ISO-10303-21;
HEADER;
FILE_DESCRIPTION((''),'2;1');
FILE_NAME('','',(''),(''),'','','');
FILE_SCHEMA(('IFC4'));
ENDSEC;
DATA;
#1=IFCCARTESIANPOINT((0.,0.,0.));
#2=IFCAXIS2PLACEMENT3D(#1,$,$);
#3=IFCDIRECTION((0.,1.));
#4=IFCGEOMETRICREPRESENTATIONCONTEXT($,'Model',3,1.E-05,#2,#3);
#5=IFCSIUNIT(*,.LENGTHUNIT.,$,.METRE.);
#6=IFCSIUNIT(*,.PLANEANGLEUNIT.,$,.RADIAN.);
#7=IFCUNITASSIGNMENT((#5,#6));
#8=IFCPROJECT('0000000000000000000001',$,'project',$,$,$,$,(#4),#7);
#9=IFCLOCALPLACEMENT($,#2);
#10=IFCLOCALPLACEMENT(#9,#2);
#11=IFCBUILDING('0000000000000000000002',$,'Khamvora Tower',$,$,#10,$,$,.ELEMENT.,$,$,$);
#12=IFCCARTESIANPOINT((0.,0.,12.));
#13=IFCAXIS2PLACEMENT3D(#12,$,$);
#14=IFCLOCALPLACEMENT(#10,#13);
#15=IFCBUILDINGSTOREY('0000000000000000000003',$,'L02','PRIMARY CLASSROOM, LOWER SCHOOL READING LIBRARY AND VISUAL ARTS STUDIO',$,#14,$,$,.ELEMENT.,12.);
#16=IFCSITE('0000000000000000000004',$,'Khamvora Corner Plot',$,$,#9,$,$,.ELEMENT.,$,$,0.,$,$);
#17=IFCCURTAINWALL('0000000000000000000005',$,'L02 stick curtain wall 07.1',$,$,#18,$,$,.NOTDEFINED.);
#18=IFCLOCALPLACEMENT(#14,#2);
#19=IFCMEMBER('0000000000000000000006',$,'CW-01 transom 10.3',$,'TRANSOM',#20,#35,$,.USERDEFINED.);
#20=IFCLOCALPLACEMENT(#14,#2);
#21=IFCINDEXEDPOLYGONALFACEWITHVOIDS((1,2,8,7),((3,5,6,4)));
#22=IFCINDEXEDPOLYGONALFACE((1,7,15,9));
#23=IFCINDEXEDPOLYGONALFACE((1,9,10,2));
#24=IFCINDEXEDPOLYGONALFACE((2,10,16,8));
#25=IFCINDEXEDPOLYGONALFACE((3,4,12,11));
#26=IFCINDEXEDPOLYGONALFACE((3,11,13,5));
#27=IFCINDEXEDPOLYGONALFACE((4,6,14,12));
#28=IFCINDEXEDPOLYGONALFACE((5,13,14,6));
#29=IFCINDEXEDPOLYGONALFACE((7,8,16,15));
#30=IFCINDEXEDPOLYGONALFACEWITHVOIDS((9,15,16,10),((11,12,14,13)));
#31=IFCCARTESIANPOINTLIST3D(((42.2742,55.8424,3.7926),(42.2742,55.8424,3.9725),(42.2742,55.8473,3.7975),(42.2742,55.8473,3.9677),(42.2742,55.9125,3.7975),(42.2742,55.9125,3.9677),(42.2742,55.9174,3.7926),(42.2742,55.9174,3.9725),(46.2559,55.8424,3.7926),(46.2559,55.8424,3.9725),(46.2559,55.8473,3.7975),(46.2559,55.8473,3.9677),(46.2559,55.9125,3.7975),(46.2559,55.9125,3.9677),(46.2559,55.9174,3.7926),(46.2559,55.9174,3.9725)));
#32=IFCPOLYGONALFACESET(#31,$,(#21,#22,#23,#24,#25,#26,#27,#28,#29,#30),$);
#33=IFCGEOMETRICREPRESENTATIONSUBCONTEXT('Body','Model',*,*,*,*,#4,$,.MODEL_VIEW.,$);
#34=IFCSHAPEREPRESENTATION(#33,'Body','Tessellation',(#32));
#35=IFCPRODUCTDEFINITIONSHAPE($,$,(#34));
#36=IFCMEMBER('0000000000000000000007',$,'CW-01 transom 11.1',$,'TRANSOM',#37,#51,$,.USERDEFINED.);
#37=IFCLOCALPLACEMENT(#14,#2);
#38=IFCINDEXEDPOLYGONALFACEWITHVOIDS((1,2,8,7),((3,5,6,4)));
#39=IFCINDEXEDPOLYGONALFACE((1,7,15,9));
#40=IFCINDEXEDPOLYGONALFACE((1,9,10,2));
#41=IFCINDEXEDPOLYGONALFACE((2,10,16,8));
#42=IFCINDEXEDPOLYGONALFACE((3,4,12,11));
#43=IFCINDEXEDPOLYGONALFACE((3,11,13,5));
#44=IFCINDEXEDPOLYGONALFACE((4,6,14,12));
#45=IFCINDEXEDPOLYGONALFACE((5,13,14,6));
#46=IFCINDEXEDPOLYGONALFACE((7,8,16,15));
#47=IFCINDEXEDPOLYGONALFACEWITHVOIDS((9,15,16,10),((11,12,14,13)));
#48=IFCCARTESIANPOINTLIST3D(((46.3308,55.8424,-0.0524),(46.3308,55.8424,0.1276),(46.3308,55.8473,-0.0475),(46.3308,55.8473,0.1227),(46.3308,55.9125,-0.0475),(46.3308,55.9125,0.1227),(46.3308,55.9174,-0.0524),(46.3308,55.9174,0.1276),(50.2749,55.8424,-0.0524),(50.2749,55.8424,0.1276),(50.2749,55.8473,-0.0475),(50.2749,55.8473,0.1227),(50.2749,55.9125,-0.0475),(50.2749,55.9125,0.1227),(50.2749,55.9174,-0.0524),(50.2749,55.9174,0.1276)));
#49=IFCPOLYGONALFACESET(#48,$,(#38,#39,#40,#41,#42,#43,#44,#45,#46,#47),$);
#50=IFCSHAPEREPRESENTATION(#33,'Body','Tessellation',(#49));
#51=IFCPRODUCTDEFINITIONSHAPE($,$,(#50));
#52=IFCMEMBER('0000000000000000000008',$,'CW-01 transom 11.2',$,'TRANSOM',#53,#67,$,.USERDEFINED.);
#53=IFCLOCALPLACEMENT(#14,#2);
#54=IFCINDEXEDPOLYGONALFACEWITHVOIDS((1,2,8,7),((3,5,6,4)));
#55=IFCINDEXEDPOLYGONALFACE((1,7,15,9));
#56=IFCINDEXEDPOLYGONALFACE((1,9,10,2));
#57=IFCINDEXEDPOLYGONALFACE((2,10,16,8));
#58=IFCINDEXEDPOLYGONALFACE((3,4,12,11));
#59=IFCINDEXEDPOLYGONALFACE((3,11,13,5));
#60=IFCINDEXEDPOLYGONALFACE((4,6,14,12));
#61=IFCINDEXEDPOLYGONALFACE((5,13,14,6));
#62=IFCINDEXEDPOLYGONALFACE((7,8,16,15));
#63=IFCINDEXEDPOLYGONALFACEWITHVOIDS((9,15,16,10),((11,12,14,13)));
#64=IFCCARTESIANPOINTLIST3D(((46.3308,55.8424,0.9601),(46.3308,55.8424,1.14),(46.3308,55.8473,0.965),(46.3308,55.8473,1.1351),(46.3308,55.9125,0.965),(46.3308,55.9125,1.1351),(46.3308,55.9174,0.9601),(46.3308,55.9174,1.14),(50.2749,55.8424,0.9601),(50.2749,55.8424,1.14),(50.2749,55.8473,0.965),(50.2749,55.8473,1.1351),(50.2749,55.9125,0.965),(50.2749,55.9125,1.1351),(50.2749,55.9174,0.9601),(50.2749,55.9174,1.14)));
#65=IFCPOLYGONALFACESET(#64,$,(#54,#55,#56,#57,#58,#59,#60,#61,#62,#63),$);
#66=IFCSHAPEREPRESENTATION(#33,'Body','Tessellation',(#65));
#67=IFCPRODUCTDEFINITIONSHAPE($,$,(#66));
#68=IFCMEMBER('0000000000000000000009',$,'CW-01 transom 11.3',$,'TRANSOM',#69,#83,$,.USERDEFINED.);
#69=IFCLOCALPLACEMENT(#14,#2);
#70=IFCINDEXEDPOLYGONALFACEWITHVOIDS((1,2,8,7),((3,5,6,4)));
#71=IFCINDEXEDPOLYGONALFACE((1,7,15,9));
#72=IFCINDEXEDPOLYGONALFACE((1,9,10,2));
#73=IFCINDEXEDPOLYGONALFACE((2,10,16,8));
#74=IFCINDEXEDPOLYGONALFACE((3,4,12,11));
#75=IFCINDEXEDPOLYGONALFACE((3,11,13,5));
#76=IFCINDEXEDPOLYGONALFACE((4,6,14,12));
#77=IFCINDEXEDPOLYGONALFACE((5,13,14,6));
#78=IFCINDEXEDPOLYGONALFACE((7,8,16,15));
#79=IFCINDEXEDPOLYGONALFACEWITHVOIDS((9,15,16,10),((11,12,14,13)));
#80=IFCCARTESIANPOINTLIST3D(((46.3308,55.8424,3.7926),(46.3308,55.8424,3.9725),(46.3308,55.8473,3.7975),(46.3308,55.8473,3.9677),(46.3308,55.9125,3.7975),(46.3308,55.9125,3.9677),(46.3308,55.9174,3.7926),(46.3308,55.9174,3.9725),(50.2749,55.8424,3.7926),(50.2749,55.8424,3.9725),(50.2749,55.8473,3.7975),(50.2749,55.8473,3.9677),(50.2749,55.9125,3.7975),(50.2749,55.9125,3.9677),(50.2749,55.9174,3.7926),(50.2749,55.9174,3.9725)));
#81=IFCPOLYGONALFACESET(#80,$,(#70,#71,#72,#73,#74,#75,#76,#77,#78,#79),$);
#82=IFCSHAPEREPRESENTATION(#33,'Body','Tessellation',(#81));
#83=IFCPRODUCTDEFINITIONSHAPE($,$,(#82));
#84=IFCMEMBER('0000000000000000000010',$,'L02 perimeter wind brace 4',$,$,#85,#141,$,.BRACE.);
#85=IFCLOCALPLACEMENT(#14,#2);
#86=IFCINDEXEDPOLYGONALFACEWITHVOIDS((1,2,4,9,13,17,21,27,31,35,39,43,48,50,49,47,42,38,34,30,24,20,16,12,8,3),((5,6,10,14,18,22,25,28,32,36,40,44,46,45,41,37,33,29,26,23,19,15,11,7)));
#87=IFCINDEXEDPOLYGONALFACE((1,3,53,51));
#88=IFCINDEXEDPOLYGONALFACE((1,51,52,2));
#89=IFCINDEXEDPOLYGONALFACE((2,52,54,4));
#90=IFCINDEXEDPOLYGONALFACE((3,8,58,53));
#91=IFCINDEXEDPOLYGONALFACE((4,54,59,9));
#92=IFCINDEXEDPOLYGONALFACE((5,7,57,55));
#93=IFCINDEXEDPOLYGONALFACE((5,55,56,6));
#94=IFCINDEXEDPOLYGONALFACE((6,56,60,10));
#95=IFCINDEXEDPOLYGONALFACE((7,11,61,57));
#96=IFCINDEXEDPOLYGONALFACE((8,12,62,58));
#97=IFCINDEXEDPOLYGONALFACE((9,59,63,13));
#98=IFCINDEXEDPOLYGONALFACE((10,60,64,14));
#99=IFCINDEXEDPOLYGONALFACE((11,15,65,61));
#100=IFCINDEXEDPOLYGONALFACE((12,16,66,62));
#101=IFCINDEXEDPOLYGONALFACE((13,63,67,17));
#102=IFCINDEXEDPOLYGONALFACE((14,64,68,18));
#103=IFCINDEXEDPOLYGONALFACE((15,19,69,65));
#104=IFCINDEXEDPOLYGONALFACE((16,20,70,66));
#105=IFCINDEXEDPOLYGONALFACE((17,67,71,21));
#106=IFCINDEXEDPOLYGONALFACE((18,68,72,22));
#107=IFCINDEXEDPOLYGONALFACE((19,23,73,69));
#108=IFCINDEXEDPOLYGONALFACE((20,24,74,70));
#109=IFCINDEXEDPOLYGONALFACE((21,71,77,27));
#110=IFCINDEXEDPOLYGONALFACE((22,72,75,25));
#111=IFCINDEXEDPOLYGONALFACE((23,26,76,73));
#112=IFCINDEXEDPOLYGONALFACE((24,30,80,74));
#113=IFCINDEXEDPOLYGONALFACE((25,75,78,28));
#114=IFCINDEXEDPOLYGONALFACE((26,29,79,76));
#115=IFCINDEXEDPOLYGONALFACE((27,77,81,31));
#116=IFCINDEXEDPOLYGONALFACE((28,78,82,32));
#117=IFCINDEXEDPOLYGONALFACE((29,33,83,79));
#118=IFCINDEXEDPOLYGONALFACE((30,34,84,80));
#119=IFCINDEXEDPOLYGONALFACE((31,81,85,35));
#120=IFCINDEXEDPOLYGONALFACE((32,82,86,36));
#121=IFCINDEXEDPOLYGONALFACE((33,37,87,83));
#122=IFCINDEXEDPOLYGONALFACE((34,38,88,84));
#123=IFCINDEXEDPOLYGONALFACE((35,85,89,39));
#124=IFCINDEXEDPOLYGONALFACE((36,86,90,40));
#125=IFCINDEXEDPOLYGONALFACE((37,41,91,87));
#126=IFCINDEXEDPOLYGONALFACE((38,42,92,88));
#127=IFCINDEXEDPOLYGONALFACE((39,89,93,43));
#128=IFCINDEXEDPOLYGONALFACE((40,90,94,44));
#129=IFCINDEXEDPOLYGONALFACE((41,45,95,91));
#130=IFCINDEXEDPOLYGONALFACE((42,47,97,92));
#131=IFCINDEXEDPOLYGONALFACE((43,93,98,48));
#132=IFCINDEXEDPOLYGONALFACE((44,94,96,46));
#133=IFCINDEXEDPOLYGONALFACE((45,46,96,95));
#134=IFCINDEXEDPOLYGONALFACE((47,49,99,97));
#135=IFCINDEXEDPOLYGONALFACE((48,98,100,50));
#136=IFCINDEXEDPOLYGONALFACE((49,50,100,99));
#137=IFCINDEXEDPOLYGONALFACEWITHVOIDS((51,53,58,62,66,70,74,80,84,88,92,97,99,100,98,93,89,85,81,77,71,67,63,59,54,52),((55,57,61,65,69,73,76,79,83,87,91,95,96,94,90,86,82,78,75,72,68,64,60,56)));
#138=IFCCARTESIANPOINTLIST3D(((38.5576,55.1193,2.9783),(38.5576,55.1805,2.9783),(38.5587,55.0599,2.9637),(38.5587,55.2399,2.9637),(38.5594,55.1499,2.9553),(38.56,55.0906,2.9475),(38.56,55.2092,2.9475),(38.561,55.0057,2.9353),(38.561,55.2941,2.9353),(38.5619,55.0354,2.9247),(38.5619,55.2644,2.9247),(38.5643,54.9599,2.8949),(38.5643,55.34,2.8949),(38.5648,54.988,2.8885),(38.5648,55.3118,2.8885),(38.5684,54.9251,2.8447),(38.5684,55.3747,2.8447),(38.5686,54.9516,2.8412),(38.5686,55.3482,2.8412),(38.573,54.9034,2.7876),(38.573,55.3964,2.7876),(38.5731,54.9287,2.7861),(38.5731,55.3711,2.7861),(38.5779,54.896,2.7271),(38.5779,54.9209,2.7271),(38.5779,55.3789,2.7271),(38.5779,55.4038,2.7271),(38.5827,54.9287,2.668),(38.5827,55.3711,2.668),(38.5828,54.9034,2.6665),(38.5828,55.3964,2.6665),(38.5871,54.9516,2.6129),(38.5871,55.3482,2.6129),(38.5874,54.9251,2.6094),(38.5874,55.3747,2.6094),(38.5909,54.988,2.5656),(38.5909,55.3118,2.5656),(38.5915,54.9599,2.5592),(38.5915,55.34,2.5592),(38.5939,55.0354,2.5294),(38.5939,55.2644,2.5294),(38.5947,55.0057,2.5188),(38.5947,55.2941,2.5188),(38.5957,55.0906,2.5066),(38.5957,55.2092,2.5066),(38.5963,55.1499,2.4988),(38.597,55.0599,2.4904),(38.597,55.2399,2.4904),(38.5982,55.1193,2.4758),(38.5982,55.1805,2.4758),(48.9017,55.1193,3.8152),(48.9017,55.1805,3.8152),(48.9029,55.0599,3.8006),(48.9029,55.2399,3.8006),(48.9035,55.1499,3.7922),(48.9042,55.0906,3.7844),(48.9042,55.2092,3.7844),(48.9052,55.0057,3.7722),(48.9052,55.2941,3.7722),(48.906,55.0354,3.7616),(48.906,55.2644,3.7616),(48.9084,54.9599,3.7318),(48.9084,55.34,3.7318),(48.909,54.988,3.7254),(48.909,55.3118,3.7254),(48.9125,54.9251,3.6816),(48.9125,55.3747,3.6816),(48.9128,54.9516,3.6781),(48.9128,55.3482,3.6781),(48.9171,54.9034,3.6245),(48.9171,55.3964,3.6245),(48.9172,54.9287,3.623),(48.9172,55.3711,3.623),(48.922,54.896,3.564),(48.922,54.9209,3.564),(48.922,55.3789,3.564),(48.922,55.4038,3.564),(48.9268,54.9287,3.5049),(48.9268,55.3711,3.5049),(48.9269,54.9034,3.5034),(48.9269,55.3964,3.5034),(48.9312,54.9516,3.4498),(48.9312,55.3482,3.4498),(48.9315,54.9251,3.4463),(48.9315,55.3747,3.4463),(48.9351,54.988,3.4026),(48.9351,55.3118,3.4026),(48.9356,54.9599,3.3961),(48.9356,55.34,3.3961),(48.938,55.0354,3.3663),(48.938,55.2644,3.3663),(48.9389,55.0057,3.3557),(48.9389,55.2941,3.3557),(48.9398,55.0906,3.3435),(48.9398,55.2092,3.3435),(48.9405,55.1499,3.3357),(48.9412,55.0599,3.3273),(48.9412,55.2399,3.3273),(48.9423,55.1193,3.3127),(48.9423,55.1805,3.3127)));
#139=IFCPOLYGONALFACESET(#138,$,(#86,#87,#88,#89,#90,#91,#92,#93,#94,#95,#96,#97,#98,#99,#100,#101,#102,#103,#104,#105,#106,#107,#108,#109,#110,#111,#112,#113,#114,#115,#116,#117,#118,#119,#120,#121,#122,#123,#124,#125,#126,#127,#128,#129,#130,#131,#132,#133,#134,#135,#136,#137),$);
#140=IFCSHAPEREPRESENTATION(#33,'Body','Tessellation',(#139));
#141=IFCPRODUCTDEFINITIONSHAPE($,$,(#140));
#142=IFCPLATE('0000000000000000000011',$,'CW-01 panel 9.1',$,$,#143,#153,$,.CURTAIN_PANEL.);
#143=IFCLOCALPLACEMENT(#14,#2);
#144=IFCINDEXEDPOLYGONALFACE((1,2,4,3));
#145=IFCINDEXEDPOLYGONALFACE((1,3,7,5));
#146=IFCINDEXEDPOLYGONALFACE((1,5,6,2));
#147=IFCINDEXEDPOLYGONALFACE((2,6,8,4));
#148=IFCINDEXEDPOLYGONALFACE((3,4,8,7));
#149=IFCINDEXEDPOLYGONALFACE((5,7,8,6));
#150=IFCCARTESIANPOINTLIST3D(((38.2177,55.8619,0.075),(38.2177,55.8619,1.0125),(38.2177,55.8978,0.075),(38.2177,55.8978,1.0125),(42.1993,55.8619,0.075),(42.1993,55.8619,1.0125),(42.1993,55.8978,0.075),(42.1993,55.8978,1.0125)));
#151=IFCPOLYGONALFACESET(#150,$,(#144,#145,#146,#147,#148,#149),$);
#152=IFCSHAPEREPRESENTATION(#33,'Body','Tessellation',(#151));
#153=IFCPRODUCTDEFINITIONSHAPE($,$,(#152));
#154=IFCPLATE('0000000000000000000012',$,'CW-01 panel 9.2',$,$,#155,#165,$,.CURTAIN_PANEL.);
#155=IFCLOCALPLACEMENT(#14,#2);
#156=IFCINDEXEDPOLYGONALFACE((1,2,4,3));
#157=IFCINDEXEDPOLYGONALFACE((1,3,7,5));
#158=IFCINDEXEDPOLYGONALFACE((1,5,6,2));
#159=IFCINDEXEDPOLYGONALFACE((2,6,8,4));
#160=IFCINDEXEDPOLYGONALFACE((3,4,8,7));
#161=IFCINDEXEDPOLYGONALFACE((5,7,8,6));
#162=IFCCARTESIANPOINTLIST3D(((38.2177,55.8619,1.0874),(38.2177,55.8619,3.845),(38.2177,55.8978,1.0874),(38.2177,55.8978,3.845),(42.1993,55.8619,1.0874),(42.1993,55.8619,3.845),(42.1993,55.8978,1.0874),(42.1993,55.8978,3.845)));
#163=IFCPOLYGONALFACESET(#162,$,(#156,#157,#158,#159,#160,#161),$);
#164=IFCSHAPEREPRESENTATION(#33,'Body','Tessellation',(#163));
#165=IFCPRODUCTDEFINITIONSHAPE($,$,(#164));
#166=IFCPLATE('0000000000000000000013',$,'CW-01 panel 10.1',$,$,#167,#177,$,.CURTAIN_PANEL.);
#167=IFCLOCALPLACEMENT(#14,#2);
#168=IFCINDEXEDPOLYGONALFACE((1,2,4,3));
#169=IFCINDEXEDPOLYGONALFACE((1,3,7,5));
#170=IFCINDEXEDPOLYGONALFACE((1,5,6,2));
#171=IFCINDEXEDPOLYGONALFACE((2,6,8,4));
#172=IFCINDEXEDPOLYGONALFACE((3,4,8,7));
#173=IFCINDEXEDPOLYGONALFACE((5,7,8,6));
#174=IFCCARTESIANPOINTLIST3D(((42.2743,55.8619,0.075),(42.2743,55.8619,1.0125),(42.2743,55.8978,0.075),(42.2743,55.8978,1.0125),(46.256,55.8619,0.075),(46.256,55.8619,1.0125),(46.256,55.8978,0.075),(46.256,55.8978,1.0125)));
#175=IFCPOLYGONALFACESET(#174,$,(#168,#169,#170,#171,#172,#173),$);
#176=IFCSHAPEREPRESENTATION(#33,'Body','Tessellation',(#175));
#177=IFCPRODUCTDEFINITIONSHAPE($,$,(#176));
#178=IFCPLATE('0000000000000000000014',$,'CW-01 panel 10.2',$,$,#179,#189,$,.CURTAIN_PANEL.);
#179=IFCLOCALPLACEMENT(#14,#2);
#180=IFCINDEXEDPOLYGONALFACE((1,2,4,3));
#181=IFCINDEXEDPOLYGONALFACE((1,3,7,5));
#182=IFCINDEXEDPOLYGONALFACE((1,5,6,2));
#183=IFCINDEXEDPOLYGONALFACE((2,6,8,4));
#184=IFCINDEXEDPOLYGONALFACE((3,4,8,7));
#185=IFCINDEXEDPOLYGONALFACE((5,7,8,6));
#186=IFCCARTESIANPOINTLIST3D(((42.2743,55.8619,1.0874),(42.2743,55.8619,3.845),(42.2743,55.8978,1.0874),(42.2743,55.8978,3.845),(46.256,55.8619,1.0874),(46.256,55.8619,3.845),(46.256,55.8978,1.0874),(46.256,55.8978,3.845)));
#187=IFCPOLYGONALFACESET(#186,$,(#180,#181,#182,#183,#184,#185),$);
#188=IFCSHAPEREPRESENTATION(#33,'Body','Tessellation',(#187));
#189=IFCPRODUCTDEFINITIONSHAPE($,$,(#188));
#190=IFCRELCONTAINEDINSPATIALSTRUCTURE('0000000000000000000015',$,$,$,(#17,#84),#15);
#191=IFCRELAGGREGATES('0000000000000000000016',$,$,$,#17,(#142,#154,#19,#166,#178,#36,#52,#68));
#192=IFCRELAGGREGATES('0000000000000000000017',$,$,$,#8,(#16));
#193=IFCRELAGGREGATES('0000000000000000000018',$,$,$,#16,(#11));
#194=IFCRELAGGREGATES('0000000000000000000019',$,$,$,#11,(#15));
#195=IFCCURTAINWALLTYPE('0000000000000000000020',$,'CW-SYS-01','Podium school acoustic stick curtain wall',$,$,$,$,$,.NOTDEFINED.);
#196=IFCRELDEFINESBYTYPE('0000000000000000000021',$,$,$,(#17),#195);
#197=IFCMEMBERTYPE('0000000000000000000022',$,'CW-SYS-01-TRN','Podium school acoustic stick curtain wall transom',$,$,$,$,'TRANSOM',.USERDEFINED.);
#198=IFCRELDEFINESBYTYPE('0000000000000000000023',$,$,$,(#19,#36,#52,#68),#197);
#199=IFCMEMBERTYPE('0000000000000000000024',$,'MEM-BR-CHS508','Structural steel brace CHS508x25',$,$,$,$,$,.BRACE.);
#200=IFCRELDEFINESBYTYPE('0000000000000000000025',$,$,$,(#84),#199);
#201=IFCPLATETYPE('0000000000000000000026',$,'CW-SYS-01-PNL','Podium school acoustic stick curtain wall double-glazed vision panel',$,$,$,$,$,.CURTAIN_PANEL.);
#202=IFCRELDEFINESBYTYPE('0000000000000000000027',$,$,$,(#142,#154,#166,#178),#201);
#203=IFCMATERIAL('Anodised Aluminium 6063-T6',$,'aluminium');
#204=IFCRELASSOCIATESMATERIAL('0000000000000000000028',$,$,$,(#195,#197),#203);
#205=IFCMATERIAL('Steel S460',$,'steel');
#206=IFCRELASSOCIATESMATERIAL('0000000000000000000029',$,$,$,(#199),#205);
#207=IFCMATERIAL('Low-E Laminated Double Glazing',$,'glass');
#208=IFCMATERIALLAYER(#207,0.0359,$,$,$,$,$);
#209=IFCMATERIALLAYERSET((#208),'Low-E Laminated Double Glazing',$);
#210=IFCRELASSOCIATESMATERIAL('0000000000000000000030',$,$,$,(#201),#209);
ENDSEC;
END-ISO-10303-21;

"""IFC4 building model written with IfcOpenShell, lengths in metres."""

from ifc_helpers import new_model, si_unit, direction, frame, origin, origin_2d, place, context, subcontext, project, spatial, rectangle, hollow_rectangle, hollow_circle, extrude, material, layer, layer_set, material_profile, profile_set, type_object, element, aggregate, save


model = new_model("IFC4")

# Units and contexts
model_context = context("Model", 3, precision=1e-05, world=origin(), true_north=direction((0.0, 1.0)))
body_context = subcontext(model_context, "Body", "Model", "MODEL_VIEW")
ifc_project = project(units=[si_unit("LENGTHUNIT", "METRE"), si_unit("PLANEANGLEUNIT", "RADIAN")], contexts=[model_context])

# Site, building, storey
site_placement = place(None, origin())
site = spatial("IfcSite", under=ifc_project, at=site_placement, Name="Khamvora Corner Plot", CompositionType="ELEMENT", RefElevation=0.0)
building_placement = place(site_placement, origin())
building = spatial("IfcBuilding", under=site, at=building_placement, Name="Khamvora Tower", CompositionType="ELEMENT")
storey_placement = place(building_placement, frame((0.0, 0.0, 12.0)))
storey = spatial("IfcBuildingStorey", under=building, at=storey_placement, Name="L02", Description="PRIMARY CLASSROOM, LOWER SCHOOL READING LIBRARY AND VISUAL ARTS STUDIO", CompositionType="ELEMENT", Elevation=12.0)

# Shared definitions
ifc_material_1 = material(Name="Steel S460", Category="steel")

# Curtain wall, members
ifc_material_2 = material(Name="Anodised Aluminium 6063-T6", Category="aluminium")
curtain_wall_type = type_object("IfcCurtainWallType", Name="CW-SYS-01", Description="Podium school acoustic stick curtain wall", PredefinedType="NOTDEFINED", material=ifc_material_2)
curtain_wall_placement = place(storey_placement, origin())
curtain_wall = element("IfcCurtainWall", 1, at=curtain_wall_placement, inside=storey, type_object=curtain_wall_type, Name="L02 stick curtain wall 07.1", PredefinedType="NOTDEFINED")
ifc_material_profile_1 = material_profile(ifc_material_2, hollow_rectangle(XDim=0.075, YDim=0.1799, WallThickness=0.0049, at=origin_2d()), Name="TRN75x180x5")
ifc_profile_set_1 = profile_set([ifc_material_profile_1], Name="Anodised Aluminium 6063-T6")
member_type_1 = type_object("IfcMemberType", Name="CW-SYS-01-TRN", Description="Podium school acoustic stick curtain wall transom", ElementType="TRANSOM", PredefinedType="USERDEFINED", material=ifc_profile_set_1)
member_1_placement = place(storey_placement, frame((42.2742, 55.8799, 3.8826), z_axis=(1.0, 0.0, 0.0), x_axis=(0.0, 1.0, 0.0)))
member_1 = element("IfcMember", 2, at=member_1_placement, type_object=member_type_1, Name="CW-01 transom 10.3", ObjectType="TRANSOM", PredefinedType="USERDEFINED", context=body_context, shape_type="SweptSolid", body=[
    extrude(hollow_rectangle(XDim=0.075, YDim=0.1799, WallThickness=0.0049, at=origin_2d()), origin(), (0.0, 0.0, 1.0), 3.9817),
])
member_2_placement = place(storey_placement, frame((46.3308, 55.8799, 0.0376), z_axis=(1.0, 0.0, 0.0), x_axis=(0.0, 1.0, 0.0)))
member_2 = element("IfcMember", 3, at=member_2_placement, type_object=member_type_1, Name="CW-01 transom 11.1", ObjectType="TRANSOM", PredefinedType="USERDEFINED", context=body_context, shape_type="SweptSolid", body=[
    extrude(hollow_rectangle(XDim=0.075, YDim=0.1799, WallThickness=0.0049, at=origin_2d()), origin(), (0.0, 0.0, 1.0), 3.9441),
])
member_3_placement = place(storey_placement, frame((46.3308, 55.8799, 1.05), z_axis=(1.0, 0.0, 0.0), x_axis=(0.0, 1.0, 0.0)))
member_3 = element("IfcMember", 4, at=member_3_placement, type_object=member_type_1, Name="CW-01 transom 11.2", ObjectType="TRANSOM", PredefinedType="USERDEFINED", context=body_context, shape_type="SweptSolid", body=[
    extrude(hollow_rectangle(XDim=0.075, YDim=0.1799, WallThickness=0.0049, at=origin_2d()), origin(), (0.0, 0.0, 1.0), 3.9441),
])
member_4_placement = place(storey_placement, frame((46.3308, 55.8799, 3.8826), z_axis=(1.0, 0.0, 0.0), x_axis=(0.0, 1.0, 0.0)))
member_4 = element("IfcMember", 5, at=member_4_placement, type_object=member_type_1, Name="CW-01 transom 11.3", ObjectType="TRANSOM", PredefinedType="USERDEFINED", context=body_context, shape_type="SweptSolid", body=[
    extrude(hollow_rectangle(XDim=0.075, YDim=0.1799, WallThickness=0.0049, at=origin_2d()), origin(), (0.0, 0.0, 1.0), 3.9441),
])

# Member
ifc_material_profile_2 = material_profile(ifc_material_1, hollow_circle(Radius=0.2539, WallThickness=0.0249, at=origin_2d()), Name="CHS508x25")
ifc_profile_set_2 = profile_set([ifc_material_profile_2], Name="Steel S460")
member_type_2 = type_object("IfcMemberType", Name="MEM-BR-CHS508", Description="Structural steel brace CHS508x25", PredefinedType="BRACE", material=ifc_profile_set_2)
member_5_placement = place(storey_placement, frame((38.5779, 55.1499, 2.7271), z_axis=(0.996743, 0.0, 0.080643), x_axis=(0.0, 1.0, 0.0)))
element("IfcMember", 6, at=member_5_placement, inside=storey, type_object=member_type_2, Name="L02 perimeter wind brace 4", PredefinedType="BRACE", context=body_context, shape_type="SweptSolid", body=[
    extrude(hollow_circle(Radius=0.2539, WallThickness=0.0249, at=origin_2d()), origin(), (0.0, 0.0, 1.0), 10.3779),
])

# Plates
ifc_material_3 = material(Name="Low-E Laminated Double Glazing", Category="glass")
ifc_layer_1 = layer(ifc_material_3, 0.0359)
ifc_layer_set_1 = layer_set([ifc_layer_1], Name="Low-E Laminated Double Glazing")
plate_type_1 = type_object("IfcPlateType", Name="CW-SYS-01-PNL", Description="Podium school acoustic stick curtain wall double-glazed vision panel", PredefinedType="CURTAIN_PANEL", material=ifc_layer_set_1)
plate_1_placement = place(storey_placement, frame((40.2085, 55.8799, 0.075), z_axis=(0.0, 0.0, 1.0), x_axis=(1.0, 0.0, 0.0)))
plate_1 = element("IfcPlate", 7, at=plate_1_placement, type_object=plate_type_1, Name="CW-01 panel 9.1", PredefinedType="CURTAIN_PANEL", context=body_context, shape_type="SweptSolid", body=[
    extrude(rectangle(XDim=3.9817, YDim=0.0359, at=origin_2d()), origin(), (0.0, 0.0, 1.0), 0.9375),
])
plate_2_placement = place(storey_placement, frame((40.2085, 55.8799, 1.0874), z_axis=(0.0, 0.0, 1.0), x_axis=(1.0, 0.0, 0.0)))
plate_2 = element("IfcPlate", 8, at=plate_2_placement, type_object=plate_type_1, Name="CW-01 panel 9.2", PredefinedType="CURTAIN_PANEL", context=body_context, shape_type="SweptSolid", body=[
    extrude(rectangle(XDim=3.9817, YDim=0.0359, at=origin_2d()), origin(), (0.0, 0.0, 1.0), 2.7576),
])
plate_3_placement = place(storey_placement, frame((44.2651, 55.8799, 0.075), z_axis=(0.0, 0.0, 1.0), x_axis=(1.0, 0.0, 0.0)))
plate_3 = element("IfcPlate", 9, at=plate_3_placement, type_object=plate_type_1, Name="CW-01 panel 10.1", PredefinedType="CURTAIN_PANEL", context=body_context, shape_type="SweptSolid", body=[
    extrude(rectangle(XDim=3.9817, YDim=0.0359, at=origin_2d()), origin(), (0.0, 0.0, 1.0), 0.9375),
])
plate_4_placement = place(storey_placement, frame((44.2651, 55.8799, 1.0874), z_axis=(0.0, 0.0, 1.0), x_axis=(1.0, 0.0, 0.0)))
plate_4 = element("IfcPlate", 10, at=plate_4_placement, type_object=plate_type_1, Name="CW-01 panel 10.2", PredefinedType="CURTAIN_PANEL", context=body_context, shape_type="SweptSolid", body=[
    extrude(rectangle(XDim=3.9817, YDim=0.0359, at=origin_2d()), origin(), (0.0, 0.0, 1.0), 2.7576),
])
aggregate(curtain_wall, [plate_1, plate_2, member_1, plate_3, plate_4, member_2, member_3, member_4])

save(model, "model.ifc")
